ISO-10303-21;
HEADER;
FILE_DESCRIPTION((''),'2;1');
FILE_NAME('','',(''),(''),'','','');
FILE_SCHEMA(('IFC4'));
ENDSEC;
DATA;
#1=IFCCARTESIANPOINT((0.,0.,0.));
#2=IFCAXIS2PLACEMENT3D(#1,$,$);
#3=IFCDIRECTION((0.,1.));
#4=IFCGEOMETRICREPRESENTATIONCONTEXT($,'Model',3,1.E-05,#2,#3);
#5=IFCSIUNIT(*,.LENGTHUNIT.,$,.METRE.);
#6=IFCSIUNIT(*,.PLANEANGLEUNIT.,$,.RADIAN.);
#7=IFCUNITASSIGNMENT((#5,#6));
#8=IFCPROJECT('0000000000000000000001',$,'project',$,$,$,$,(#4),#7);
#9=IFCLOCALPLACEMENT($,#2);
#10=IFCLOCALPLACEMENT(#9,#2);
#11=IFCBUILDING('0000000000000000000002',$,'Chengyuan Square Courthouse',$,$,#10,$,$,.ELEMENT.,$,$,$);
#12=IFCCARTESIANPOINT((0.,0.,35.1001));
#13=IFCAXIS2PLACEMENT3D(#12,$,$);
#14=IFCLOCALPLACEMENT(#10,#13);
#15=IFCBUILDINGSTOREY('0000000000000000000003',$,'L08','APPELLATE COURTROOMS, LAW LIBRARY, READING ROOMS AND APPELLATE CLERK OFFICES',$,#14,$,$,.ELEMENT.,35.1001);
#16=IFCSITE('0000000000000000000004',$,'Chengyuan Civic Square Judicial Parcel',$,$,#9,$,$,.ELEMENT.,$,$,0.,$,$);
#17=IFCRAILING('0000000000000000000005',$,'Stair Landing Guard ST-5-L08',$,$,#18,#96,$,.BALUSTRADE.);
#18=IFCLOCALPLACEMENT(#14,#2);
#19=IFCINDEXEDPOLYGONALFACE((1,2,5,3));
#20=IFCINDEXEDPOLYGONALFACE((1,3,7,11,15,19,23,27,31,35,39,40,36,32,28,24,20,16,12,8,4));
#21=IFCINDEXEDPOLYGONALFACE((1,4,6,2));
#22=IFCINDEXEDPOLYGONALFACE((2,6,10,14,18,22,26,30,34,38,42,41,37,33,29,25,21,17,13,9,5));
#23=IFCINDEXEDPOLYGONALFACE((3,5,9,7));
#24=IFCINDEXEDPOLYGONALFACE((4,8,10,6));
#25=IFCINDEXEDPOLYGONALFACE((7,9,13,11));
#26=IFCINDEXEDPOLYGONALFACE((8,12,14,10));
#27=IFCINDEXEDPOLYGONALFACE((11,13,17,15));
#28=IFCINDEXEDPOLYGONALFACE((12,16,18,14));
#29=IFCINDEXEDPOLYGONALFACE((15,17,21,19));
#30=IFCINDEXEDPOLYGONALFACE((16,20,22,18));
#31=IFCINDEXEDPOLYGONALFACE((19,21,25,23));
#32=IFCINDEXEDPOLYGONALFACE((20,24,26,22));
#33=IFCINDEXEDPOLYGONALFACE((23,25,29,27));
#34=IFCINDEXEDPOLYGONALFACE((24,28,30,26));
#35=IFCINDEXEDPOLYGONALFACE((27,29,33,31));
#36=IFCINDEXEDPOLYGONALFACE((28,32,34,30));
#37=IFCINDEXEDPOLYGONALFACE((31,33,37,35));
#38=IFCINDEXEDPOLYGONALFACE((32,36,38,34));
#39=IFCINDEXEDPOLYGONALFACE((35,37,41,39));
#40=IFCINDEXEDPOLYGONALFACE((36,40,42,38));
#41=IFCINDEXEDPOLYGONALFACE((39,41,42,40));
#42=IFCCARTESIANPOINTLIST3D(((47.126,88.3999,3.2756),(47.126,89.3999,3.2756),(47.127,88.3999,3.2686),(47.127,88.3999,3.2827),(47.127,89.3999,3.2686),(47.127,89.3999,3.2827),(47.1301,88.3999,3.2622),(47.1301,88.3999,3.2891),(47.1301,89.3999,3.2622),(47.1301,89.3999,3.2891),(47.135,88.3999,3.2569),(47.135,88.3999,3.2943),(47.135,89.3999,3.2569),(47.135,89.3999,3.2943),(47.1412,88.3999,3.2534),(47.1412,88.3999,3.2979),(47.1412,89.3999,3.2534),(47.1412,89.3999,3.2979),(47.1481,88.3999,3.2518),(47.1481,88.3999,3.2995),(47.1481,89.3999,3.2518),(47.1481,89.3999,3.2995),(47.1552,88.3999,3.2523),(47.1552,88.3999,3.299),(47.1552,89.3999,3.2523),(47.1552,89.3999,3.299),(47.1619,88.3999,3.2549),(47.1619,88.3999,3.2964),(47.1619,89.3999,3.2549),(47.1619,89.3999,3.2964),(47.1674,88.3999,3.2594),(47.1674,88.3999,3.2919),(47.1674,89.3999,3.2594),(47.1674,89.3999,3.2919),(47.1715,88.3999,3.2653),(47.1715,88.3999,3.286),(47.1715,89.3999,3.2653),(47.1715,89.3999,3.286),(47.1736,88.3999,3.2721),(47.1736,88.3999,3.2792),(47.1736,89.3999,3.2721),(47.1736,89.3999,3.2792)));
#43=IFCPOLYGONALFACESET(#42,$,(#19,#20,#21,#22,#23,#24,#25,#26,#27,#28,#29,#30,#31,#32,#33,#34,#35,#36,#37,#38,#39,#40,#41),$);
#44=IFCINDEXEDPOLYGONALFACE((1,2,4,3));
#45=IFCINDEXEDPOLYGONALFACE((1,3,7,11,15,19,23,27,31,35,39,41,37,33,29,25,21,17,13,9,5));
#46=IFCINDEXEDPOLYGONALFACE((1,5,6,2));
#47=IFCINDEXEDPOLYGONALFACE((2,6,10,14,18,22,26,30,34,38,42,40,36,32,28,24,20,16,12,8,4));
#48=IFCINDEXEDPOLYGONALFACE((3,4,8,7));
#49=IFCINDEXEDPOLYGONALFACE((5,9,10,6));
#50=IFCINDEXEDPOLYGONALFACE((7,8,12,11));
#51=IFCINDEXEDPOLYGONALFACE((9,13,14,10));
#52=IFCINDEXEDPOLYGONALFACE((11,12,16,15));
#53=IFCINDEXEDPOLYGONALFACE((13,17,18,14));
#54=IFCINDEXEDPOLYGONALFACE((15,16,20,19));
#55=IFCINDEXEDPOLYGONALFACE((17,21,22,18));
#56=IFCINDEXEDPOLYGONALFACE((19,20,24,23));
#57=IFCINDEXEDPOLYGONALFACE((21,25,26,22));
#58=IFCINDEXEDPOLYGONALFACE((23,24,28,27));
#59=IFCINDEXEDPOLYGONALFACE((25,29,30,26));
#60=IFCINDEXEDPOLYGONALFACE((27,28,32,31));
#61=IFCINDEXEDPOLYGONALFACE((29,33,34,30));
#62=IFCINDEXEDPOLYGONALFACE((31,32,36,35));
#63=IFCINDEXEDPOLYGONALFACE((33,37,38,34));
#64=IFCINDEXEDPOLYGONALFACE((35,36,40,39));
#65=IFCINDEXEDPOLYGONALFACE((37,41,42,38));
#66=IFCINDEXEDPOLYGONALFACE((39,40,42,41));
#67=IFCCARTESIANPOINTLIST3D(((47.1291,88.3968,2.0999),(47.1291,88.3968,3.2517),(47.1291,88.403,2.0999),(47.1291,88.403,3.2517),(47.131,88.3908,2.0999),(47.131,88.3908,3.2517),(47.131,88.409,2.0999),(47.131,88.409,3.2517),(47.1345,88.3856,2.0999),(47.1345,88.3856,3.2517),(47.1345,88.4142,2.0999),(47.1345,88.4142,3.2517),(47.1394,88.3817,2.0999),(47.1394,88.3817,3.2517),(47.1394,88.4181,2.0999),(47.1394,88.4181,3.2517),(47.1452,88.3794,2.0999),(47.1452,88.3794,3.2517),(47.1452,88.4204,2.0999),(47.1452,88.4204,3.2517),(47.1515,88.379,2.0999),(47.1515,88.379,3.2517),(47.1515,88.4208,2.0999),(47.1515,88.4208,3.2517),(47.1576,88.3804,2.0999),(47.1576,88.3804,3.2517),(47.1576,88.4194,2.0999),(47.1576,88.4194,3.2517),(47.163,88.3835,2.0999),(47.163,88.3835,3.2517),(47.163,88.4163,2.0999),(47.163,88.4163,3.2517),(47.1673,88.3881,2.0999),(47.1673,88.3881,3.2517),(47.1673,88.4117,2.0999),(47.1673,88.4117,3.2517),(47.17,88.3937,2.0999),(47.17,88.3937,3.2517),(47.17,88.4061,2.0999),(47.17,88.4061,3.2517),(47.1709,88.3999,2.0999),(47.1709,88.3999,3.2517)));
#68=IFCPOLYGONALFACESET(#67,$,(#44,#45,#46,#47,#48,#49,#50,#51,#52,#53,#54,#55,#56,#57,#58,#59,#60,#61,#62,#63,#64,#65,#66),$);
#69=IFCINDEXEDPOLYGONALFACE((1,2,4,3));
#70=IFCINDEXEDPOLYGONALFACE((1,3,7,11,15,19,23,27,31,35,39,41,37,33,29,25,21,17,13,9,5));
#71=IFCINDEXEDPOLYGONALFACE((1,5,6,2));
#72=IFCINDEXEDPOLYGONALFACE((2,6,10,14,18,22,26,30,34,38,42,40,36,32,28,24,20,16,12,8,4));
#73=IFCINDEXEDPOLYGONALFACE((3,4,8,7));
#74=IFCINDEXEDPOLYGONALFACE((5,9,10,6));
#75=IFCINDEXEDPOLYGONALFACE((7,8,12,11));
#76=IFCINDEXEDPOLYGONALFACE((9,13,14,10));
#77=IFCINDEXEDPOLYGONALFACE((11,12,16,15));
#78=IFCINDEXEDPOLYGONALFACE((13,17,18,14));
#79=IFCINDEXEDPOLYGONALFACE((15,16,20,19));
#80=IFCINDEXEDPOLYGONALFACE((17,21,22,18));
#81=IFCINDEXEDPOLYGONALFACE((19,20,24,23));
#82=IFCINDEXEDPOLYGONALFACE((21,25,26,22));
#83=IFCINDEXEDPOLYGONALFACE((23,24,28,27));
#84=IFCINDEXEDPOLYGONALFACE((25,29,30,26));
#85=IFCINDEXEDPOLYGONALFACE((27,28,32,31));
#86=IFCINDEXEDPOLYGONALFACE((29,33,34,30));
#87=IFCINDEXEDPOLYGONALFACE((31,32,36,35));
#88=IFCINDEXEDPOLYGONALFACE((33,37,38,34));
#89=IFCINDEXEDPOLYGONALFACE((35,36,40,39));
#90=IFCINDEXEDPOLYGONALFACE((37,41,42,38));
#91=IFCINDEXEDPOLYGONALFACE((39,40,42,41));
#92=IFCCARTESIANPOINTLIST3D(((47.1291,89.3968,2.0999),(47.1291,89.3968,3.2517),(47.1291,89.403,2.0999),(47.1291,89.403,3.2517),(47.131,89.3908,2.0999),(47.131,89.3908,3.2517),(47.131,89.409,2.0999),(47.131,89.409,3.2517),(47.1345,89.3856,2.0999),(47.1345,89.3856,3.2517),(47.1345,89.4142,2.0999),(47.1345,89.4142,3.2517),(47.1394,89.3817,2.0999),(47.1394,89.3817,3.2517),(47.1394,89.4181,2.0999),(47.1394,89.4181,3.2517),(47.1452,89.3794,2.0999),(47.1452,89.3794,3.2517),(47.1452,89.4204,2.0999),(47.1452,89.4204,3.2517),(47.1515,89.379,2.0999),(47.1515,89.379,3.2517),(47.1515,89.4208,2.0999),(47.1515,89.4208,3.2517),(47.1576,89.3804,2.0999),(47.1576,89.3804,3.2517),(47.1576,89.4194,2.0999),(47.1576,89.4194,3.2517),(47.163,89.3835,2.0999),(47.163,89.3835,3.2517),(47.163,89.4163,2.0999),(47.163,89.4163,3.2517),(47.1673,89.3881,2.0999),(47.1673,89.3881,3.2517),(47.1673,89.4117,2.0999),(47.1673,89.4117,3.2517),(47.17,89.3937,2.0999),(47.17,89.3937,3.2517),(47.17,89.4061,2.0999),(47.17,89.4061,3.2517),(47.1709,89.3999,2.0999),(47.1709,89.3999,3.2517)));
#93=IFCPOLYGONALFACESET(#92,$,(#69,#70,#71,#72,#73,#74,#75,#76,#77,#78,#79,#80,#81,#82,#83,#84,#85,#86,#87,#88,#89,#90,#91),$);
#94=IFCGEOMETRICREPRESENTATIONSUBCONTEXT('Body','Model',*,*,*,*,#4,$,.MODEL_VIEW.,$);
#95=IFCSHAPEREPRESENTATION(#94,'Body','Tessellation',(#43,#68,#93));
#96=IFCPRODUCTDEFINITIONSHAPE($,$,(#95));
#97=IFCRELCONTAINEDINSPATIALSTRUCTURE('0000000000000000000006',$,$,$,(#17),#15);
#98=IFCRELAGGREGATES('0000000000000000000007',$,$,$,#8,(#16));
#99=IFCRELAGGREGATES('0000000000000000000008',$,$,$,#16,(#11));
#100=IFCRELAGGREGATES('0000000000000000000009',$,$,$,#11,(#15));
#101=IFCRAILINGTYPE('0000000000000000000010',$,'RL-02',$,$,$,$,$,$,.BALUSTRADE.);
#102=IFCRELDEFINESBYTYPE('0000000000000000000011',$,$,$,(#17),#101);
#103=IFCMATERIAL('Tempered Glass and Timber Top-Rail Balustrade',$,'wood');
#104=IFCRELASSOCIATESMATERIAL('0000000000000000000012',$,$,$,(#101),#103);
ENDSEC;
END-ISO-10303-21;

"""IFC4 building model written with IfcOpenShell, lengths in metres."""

from ifc_helpers import new_model, si_unit, direction, frame, origin, origin_2d, place, context, subcontext, project, spatial, circle, extrude, material, type_object, element, save


model = new_model("IFC4")

# Units and contexts
model_context = context("Model", 3, precision=1e-05, world=origin(), true_north=direction((0.0, 1.0)))
body_context = subcontext(model_context, "Body", "Model", "MODEL_VIEW")
ifc_project = project(units=[si_unit("LENGTHUNIT", "METRE"), si_unit("PLANEANGLEUNIT", "RADIAN")], contexts=[model_context])

# Site, building, storey
site_placement = place(None, origin())
site = spatial("IfcSite", under=ifc_project, at=site_placement, Name="Chengyuan Civic Square Judicial Parcel", CompositionType="ELEMENT", RefElevation=0.0)
building_placement = place(site_placement, origin())
building = spatial("IfcBuilding", under=site, at=building_placement, Name="Chengyuan Square Courthouse", CompositionType="ELEMENT")
storey_placement = place(building_placement, frame((0.0, 0.0, 35.1001)))
storey = spatial("IfcBuildingStorey", under=building, at=storey_placement, Name="L08", Description="APPELLATE COURTROOMS, LAW LIBRARY, READING ROOMS AND APPELLATE CLERK OFFICES", CompositionType="ELEMENT", Elevation=35.1001)

# Railing
ifc_material_1 = material(Name="Tempered Glass and Timber Top-Rail Balustrade", Category="wood")
railing_type_1 = type_object("IfcRailingType", Name="RL-02", PredefinedType="BALUSTRADE", material=ifc_material_1)
railing_1_placement = place(storey_placement, frame((47.1499, 88.3999, 2.0999)))
element("IfcRailing", 1, at=railing_1_placement, inside=storey, type_object=railing_type_1, Name="Stair Landing Guard ST-5-L08", PredefinedType="BALUSTRADE", context=body_context, shape_type="SweptSolid", body=[
    extrude(circle(Radius=0.0239, at=origin_2d()), frame((0.0, 0.0, 1.1758), z_axis=(0.0, 1.0, 0.0), x_axis=(-1.0, 0.0, 0.0)), (0.0, 0.0, 1.0), 1.0),
    extrude(circle(Radius=0.021, at=origin_2d()), origin(), (0.0, 0.0, 1.0), 1.1519),
    extrude(circle(Radius=0.021, at=origin_2d()), frame((0.0, 1.0, 0.0)), (0.0, 0.0, 1.0), 1.1519),
])

save(model, "model.ifc")
